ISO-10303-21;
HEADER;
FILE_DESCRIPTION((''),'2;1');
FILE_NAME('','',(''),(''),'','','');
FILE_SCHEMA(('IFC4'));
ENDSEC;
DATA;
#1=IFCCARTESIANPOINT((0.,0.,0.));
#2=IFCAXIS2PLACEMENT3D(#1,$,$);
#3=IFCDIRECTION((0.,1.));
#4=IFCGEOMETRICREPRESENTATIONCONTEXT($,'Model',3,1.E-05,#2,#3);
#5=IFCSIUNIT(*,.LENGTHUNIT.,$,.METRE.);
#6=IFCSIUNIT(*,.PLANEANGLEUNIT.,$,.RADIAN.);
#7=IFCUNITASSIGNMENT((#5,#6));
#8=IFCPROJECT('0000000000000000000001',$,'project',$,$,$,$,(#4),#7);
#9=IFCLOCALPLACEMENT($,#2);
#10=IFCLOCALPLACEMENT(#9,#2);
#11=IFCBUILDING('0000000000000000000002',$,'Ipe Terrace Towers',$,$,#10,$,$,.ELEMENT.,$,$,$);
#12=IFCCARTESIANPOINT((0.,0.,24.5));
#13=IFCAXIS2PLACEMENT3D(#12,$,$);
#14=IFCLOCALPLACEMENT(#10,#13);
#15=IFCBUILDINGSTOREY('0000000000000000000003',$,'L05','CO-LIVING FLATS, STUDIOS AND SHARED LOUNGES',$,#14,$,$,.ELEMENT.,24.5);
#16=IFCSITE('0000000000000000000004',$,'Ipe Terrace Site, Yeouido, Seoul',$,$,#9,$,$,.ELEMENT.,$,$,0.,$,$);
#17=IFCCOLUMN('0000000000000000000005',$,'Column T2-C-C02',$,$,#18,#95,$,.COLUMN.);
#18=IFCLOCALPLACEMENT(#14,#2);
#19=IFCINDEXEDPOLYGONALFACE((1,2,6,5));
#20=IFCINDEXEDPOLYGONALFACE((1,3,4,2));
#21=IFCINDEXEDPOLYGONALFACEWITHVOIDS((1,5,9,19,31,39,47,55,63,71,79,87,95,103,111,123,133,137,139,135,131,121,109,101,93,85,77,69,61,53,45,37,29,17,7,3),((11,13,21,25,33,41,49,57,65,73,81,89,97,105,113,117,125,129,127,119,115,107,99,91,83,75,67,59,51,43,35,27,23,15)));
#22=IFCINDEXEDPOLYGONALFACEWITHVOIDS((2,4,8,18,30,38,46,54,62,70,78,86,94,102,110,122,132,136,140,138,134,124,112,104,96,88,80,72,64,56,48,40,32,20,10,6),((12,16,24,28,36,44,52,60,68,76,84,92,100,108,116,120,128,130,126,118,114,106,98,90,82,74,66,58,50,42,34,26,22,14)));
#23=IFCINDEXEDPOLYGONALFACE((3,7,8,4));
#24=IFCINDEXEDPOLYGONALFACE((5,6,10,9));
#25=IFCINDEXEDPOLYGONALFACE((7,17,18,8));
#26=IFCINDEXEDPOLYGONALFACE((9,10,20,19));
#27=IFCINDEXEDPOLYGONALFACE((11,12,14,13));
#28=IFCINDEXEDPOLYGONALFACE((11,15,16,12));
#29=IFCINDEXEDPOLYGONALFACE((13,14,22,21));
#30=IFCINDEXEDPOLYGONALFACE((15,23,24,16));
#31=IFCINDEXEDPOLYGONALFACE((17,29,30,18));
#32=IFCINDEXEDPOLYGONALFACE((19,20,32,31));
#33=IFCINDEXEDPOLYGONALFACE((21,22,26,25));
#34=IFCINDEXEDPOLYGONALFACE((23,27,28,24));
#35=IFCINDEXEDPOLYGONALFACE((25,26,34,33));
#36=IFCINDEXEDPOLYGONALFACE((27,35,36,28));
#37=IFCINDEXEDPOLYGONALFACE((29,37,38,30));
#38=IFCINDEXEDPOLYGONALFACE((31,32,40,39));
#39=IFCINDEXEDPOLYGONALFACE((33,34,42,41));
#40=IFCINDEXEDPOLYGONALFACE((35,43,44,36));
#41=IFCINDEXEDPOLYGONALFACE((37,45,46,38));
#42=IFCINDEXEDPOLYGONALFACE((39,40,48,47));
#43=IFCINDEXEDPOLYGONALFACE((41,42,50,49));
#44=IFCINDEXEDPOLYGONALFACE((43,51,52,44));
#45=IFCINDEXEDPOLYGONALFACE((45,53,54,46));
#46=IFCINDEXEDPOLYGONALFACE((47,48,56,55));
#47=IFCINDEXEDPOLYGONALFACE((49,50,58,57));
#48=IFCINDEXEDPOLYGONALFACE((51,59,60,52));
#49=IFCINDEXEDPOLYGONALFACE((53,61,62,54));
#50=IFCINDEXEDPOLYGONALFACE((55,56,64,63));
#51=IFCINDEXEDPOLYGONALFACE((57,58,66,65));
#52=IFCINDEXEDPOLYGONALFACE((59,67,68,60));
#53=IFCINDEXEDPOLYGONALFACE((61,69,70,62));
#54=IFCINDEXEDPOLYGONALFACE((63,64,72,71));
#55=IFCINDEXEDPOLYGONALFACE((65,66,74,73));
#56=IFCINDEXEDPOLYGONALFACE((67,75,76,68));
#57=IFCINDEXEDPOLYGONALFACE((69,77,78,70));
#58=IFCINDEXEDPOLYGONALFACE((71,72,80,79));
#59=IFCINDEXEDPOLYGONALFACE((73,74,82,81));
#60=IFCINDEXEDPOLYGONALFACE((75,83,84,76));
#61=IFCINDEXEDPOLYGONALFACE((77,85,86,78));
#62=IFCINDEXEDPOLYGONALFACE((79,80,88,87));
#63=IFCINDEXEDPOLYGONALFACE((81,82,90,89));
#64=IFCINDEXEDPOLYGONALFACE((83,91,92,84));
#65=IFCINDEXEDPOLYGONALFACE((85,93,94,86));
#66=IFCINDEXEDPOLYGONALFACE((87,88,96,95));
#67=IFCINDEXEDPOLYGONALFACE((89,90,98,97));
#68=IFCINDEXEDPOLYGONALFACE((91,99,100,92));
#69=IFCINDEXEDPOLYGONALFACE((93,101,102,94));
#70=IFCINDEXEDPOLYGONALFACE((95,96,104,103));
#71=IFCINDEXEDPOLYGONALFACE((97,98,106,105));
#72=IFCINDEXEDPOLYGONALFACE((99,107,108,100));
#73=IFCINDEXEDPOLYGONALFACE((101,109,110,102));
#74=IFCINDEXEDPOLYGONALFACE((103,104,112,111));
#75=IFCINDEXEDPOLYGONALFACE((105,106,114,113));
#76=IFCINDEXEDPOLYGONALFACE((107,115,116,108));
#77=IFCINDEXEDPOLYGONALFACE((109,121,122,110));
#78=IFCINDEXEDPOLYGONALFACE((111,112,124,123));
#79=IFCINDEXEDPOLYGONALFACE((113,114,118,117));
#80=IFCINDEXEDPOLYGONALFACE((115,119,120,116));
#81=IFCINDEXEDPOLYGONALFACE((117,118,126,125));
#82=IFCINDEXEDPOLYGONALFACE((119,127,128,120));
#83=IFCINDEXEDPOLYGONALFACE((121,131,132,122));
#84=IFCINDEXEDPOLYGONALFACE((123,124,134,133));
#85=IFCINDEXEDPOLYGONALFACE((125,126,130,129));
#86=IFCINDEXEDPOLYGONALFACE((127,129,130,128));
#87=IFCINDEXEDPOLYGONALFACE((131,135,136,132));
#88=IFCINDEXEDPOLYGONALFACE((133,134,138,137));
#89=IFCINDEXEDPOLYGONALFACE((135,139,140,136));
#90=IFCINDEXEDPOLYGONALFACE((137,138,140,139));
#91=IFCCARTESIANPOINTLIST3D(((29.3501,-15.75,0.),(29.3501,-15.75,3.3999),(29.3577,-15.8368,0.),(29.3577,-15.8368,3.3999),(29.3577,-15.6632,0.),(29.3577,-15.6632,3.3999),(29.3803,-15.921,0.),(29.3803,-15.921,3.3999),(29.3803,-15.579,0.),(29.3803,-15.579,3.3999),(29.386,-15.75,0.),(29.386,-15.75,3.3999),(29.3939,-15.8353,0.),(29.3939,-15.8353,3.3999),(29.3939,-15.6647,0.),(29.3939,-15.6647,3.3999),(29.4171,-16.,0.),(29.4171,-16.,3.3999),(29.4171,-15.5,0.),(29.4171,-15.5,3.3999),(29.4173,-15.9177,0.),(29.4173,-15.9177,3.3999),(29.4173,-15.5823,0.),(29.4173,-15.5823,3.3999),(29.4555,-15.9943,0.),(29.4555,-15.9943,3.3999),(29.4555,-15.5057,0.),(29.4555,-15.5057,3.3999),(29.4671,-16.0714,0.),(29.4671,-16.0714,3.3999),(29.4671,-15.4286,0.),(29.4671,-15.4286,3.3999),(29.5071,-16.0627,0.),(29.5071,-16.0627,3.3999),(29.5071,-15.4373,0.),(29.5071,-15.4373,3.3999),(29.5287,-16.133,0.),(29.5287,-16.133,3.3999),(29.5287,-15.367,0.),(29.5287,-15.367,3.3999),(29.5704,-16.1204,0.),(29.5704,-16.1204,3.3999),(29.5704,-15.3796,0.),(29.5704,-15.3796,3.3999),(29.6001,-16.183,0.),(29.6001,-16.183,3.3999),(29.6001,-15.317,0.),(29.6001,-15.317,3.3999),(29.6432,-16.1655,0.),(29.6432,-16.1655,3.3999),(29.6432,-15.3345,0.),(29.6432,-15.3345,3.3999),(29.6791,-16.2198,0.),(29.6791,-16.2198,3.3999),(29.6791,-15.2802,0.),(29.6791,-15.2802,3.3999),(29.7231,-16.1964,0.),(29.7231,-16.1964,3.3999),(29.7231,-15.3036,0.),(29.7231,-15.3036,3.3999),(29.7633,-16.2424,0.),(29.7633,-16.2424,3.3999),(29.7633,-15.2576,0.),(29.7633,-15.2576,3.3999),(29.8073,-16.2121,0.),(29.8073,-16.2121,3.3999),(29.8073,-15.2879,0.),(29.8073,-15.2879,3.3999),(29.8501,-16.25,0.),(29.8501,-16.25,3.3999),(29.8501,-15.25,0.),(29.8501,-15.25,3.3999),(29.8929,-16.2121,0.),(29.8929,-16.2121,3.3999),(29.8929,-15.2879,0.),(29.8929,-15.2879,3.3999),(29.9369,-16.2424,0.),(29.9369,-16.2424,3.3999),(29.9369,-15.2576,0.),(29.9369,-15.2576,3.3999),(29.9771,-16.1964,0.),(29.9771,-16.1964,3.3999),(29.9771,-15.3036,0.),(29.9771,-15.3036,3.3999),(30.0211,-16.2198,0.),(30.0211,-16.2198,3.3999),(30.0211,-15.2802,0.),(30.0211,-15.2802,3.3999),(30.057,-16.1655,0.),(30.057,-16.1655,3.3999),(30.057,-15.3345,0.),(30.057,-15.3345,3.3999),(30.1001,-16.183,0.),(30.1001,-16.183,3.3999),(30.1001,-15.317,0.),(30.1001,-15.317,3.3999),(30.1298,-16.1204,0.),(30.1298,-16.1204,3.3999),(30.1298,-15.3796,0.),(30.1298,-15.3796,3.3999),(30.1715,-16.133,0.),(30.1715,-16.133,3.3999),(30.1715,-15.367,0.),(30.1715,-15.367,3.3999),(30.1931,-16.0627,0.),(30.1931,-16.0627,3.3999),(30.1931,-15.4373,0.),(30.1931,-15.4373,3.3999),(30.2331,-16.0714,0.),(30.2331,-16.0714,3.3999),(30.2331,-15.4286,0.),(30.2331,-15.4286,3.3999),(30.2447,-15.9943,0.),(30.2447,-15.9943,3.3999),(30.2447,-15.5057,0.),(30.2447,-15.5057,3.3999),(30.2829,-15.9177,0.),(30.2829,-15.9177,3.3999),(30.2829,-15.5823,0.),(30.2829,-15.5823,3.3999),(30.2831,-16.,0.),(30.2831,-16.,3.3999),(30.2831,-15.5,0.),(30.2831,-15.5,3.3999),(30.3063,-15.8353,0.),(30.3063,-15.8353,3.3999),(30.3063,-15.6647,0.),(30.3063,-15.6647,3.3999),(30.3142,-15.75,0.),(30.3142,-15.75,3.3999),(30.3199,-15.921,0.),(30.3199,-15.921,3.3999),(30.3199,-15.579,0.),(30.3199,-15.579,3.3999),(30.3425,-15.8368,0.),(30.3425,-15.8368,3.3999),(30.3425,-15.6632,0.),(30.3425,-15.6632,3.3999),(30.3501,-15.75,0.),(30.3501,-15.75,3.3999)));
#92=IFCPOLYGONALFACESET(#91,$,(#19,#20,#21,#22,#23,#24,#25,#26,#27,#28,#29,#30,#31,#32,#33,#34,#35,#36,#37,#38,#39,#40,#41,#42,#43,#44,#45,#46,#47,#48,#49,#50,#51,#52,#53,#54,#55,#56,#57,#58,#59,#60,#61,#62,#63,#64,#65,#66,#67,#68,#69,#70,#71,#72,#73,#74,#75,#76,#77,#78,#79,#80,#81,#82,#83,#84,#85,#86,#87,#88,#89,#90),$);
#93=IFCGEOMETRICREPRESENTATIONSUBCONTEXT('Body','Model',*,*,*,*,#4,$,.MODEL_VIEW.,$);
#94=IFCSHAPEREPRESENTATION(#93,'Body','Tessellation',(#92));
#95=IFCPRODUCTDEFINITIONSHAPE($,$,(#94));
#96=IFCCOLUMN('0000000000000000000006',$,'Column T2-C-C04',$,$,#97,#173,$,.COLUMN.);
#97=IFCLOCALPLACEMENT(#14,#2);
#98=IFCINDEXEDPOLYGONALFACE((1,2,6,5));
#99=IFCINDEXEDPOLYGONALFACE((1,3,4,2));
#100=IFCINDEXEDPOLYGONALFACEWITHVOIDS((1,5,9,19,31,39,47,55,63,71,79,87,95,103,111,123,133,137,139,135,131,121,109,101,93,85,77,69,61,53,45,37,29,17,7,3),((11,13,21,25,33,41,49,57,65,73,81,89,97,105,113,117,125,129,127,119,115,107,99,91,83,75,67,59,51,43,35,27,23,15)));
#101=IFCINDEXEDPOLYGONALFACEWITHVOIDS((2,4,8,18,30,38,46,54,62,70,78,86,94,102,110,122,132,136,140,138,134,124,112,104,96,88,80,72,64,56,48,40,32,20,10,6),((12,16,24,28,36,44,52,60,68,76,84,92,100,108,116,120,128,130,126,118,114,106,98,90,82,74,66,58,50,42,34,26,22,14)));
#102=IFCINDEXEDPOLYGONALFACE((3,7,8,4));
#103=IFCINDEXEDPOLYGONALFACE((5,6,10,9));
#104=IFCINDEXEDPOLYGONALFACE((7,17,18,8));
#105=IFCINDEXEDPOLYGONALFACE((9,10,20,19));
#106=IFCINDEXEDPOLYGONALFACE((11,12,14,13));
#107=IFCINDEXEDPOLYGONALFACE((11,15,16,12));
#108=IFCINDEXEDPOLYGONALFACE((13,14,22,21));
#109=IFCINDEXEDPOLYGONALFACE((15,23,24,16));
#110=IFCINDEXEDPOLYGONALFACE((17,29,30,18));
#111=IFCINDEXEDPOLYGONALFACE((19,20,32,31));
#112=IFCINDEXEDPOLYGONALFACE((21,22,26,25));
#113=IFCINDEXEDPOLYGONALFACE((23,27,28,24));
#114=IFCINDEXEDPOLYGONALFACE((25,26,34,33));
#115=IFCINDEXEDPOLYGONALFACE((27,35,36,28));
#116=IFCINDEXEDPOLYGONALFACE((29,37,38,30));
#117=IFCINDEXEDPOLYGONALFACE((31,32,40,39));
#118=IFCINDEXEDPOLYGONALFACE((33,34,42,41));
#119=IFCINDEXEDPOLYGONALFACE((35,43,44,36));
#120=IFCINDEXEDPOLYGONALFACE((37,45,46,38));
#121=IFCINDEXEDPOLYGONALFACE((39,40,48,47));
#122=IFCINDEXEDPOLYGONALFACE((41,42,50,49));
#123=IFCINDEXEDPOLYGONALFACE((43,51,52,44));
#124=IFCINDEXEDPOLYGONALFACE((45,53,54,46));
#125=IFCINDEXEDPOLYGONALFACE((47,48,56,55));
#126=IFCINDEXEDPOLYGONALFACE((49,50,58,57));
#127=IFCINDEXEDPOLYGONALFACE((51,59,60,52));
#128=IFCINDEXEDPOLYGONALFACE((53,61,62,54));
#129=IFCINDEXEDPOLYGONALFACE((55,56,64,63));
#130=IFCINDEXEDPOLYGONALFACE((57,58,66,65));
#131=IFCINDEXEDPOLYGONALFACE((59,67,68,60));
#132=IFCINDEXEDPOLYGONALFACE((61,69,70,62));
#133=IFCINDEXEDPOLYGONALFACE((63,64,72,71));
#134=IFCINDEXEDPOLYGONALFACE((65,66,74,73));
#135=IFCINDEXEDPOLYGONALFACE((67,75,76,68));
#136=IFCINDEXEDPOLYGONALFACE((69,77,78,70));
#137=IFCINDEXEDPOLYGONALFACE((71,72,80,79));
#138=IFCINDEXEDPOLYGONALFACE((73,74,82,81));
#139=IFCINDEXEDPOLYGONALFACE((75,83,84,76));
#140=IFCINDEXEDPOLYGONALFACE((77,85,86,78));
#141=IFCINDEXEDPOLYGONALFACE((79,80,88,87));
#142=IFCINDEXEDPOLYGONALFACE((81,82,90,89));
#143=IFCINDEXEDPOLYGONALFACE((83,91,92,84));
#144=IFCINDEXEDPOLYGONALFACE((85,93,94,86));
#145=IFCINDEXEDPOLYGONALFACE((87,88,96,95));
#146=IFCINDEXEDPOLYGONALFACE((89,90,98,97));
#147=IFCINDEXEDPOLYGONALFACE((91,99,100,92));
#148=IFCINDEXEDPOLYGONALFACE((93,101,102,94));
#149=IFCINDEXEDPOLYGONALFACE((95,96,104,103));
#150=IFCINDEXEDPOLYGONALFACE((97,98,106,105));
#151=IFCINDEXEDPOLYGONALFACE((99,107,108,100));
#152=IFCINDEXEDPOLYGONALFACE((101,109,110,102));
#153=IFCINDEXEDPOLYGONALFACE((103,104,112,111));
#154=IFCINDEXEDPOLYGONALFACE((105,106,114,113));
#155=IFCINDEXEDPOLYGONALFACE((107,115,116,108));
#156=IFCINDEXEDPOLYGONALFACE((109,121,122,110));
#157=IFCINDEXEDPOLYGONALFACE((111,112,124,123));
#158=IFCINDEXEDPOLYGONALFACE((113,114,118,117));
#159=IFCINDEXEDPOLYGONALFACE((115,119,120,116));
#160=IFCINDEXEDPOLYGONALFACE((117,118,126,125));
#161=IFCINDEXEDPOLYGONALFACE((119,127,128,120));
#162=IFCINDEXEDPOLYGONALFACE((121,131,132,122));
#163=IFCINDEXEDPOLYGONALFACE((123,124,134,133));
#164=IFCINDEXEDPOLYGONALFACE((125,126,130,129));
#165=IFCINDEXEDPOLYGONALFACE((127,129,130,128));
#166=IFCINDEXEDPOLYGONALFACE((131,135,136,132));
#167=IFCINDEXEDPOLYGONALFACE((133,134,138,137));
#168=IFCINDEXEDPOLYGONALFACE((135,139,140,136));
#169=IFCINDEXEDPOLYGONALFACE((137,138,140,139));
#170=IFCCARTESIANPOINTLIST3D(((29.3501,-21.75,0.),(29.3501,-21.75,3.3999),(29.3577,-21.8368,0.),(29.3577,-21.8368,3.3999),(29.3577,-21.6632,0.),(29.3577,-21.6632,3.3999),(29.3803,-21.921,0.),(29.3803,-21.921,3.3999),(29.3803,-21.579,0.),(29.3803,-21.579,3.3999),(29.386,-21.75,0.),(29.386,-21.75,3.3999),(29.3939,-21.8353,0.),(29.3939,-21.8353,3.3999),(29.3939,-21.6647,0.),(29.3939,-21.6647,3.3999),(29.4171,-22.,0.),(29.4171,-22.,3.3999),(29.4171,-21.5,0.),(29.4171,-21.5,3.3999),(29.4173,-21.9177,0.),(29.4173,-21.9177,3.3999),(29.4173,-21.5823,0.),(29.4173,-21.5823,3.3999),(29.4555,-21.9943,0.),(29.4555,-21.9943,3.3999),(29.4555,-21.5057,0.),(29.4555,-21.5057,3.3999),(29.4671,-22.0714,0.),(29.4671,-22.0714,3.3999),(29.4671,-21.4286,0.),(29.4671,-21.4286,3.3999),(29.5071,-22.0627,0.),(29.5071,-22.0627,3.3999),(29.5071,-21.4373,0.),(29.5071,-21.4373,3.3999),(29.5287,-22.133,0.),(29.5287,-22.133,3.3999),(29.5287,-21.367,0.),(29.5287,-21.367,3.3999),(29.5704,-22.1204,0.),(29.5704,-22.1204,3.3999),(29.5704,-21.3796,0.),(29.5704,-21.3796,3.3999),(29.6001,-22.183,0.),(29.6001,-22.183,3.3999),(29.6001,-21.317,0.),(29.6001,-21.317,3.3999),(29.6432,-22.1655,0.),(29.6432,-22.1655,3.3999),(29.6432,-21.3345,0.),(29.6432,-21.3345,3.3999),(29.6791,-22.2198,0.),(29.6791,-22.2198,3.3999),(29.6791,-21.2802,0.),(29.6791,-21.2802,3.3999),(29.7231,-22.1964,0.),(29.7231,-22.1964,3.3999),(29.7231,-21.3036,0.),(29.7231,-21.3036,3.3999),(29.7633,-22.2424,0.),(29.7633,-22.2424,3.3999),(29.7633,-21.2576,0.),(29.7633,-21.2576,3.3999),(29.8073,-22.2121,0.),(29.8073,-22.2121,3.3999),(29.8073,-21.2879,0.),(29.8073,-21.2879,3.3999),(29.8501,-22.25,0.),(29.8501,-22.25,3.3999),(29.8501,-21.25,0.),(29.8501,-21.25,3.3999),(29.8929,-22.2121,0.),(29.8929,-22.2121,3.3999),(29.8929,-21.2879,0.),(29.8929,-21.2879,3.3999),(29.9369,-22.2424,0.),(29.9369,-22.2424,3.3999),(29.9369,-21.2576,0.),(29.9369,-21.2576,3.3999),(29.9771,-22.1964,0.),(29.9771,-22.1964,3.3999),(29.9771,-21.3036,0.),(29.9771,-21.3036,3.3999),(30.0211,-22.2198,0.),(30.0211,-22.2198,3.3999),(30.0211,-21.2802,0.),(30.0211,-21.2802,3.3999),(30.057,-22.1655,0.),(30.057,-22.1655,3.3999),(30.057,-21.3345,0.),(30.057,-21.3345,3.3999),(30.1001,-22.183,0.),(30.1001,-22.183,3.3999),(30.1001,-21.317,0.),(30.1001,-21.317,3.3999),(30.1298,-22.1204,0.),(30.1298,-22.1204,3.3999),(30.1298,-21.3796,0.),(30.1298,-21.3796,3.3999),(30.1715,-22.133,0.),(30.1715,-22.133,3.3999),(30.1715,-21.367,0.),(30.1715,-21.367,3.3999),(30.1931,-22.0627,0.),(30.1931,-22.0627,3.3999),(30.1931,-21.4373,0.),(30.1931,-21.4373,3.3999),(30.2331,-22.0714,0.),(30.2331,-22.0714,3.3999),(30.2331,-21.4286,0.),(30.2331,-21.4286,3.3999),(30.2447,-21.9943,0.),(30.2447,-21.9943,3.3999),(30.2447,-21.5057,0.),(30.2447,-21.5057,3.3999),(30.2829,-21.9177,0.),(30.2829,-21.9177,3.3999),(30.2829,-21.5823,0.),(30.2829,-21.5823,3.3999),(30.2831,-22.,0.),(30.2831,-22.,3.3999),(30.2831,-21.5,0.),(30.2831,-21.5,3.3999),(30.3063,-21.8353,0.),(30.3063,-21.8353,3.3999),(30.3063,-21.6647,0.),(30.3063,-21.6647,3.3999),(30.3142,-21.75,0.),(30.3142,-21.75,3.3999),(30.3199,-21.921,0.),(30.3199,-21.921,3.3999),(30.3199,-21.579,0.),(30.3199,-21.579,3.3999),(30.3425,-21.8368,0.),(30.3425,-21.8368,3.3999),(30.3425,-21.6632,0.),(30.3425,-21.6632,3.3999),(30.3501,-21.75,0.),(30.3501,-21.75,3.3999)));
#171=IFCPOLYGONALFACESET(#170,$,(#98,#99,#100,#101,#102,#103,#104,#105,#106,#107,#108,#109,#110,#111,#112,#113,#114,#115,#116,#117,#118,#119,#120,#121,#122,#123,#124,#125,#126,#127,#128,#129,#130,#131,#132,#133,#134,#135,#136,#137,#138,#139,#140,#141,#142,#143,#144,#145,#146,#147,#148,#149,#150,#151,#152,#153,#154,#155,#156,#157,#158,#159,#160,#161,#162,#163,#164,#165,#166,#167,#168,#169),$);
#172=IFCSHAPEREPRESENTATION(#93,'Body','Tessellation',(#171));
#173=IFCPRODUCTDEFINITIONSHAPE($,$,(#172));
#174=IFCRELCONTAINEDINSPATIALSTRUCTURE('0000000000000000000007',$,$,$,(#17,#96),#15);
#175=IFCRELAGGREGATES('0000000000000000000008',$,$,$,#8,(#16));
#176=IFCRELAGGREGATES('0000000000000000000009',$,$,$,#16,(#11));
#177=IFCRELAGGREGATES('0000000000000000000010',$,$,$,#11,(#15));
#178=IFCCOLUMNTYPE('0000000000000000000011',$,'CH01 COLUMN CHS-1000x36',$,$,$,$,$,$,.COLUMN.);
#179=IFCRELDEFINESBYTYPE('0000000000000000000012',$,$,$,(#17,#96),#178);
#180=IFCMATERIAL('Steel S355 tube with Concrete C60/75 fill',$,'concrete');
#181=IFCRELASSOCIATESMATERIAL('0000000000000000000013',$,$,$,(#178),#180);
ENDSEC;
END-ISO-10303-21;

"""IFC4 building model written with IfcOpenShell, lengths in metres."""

from ifc_helpers import new_model, si_unit, direction, frame, origin, origin_2d, place, context, subcontext, project, spatial, hollow_circle, extrude, material, material_profile, profile_set, type_object, element, save


model = new_model("IFC4")

# Units and contexts
model_context = context("Model", 3, precision=1e-05, world=origin(), true_north=direction((0.0, 1.0)))
body_context = subcontext(model_context, "Body", "Model", "MODEL_VIEW")
ifc_project = project(units=[si_unit("LENGTHUNIT", "METRE"), si_unit("PLANEANGLEUNIT", "RADIAN")], contexts=[model_context])

# Site, building, storey
site_placement = place(None, origin())
site = spatial("IfcSite", under=ifc_project, at=site_placement, Name="Ipe Terrace Site, Yeouido, Seoul", CompositionType="ELEMENT", RefElevation=0.0)
building_placement = place(site_placement, origin())
building = spatial("IfcBuilding", under=site, at=building_placement, Name="Ipe Terrace Towers", CompositionType="ELEMENT")
storey_placement = place(building_placement, frame((0.0, 0.0, 24.5)))
storey = spatial("IfcBuildingStorey", under=building, at=storey_placement, Name="L05", Description="CO-LIVING FLATS, STUDIOS AND SHARED LOUNGES", CompositionType="ELEMENT", Elevation=24.5)

# Columns
ifc_material_1 = material(Name="Steel S355 tube with Concrete C60/75 fill", Category="concrete")
ifc_material_profile_1 = material_profile(ifc_material_1, hollow_circle(Radius=0.5, WallThickness=0.0359, at=origin_2d()), Name="CHS-1000x36")
ifc_profile_set_1 = profile_set([ifc_material_profile_1], Name="Steel S355 tube with Concrete C60/75 fill")
column_type = type_object("IfcColumnType", Name="CH01 COLUMN CHS-1000x36", PredefinedType="COLUMN", material=ifc_profile_set_1)
for number, where, z_axis, x_axis, name in (
    (1, (29.8501, -15.75, 0.0), (0.0, 0.0, 1.0), (1.0, 0.0, 0.0), "Column T2-C-C02"),
    (2, (29.8501, -21.75, 0.0), (0.0, 0.0, 1.0), (1.0, 0.0, 0.0), "Column T2-C-C04"),
):
    element("IfcColumn", number, at=place(storey_placement, frame(where, z_axis=z_axis, x_axis=x_axis)), inside=storey, type_object=column_type, Name=name, PredefinedType="COLUMN", context=body_context, shape_type="SweptSolid", body=[
        extrude(hollow_circle(Radius=0.5, WallThickness=0.0359, at=origin_2d()), origin(), (0.0, 0.0, 1.0), 3.3999),
    ])

save(model, "model.ifc")
